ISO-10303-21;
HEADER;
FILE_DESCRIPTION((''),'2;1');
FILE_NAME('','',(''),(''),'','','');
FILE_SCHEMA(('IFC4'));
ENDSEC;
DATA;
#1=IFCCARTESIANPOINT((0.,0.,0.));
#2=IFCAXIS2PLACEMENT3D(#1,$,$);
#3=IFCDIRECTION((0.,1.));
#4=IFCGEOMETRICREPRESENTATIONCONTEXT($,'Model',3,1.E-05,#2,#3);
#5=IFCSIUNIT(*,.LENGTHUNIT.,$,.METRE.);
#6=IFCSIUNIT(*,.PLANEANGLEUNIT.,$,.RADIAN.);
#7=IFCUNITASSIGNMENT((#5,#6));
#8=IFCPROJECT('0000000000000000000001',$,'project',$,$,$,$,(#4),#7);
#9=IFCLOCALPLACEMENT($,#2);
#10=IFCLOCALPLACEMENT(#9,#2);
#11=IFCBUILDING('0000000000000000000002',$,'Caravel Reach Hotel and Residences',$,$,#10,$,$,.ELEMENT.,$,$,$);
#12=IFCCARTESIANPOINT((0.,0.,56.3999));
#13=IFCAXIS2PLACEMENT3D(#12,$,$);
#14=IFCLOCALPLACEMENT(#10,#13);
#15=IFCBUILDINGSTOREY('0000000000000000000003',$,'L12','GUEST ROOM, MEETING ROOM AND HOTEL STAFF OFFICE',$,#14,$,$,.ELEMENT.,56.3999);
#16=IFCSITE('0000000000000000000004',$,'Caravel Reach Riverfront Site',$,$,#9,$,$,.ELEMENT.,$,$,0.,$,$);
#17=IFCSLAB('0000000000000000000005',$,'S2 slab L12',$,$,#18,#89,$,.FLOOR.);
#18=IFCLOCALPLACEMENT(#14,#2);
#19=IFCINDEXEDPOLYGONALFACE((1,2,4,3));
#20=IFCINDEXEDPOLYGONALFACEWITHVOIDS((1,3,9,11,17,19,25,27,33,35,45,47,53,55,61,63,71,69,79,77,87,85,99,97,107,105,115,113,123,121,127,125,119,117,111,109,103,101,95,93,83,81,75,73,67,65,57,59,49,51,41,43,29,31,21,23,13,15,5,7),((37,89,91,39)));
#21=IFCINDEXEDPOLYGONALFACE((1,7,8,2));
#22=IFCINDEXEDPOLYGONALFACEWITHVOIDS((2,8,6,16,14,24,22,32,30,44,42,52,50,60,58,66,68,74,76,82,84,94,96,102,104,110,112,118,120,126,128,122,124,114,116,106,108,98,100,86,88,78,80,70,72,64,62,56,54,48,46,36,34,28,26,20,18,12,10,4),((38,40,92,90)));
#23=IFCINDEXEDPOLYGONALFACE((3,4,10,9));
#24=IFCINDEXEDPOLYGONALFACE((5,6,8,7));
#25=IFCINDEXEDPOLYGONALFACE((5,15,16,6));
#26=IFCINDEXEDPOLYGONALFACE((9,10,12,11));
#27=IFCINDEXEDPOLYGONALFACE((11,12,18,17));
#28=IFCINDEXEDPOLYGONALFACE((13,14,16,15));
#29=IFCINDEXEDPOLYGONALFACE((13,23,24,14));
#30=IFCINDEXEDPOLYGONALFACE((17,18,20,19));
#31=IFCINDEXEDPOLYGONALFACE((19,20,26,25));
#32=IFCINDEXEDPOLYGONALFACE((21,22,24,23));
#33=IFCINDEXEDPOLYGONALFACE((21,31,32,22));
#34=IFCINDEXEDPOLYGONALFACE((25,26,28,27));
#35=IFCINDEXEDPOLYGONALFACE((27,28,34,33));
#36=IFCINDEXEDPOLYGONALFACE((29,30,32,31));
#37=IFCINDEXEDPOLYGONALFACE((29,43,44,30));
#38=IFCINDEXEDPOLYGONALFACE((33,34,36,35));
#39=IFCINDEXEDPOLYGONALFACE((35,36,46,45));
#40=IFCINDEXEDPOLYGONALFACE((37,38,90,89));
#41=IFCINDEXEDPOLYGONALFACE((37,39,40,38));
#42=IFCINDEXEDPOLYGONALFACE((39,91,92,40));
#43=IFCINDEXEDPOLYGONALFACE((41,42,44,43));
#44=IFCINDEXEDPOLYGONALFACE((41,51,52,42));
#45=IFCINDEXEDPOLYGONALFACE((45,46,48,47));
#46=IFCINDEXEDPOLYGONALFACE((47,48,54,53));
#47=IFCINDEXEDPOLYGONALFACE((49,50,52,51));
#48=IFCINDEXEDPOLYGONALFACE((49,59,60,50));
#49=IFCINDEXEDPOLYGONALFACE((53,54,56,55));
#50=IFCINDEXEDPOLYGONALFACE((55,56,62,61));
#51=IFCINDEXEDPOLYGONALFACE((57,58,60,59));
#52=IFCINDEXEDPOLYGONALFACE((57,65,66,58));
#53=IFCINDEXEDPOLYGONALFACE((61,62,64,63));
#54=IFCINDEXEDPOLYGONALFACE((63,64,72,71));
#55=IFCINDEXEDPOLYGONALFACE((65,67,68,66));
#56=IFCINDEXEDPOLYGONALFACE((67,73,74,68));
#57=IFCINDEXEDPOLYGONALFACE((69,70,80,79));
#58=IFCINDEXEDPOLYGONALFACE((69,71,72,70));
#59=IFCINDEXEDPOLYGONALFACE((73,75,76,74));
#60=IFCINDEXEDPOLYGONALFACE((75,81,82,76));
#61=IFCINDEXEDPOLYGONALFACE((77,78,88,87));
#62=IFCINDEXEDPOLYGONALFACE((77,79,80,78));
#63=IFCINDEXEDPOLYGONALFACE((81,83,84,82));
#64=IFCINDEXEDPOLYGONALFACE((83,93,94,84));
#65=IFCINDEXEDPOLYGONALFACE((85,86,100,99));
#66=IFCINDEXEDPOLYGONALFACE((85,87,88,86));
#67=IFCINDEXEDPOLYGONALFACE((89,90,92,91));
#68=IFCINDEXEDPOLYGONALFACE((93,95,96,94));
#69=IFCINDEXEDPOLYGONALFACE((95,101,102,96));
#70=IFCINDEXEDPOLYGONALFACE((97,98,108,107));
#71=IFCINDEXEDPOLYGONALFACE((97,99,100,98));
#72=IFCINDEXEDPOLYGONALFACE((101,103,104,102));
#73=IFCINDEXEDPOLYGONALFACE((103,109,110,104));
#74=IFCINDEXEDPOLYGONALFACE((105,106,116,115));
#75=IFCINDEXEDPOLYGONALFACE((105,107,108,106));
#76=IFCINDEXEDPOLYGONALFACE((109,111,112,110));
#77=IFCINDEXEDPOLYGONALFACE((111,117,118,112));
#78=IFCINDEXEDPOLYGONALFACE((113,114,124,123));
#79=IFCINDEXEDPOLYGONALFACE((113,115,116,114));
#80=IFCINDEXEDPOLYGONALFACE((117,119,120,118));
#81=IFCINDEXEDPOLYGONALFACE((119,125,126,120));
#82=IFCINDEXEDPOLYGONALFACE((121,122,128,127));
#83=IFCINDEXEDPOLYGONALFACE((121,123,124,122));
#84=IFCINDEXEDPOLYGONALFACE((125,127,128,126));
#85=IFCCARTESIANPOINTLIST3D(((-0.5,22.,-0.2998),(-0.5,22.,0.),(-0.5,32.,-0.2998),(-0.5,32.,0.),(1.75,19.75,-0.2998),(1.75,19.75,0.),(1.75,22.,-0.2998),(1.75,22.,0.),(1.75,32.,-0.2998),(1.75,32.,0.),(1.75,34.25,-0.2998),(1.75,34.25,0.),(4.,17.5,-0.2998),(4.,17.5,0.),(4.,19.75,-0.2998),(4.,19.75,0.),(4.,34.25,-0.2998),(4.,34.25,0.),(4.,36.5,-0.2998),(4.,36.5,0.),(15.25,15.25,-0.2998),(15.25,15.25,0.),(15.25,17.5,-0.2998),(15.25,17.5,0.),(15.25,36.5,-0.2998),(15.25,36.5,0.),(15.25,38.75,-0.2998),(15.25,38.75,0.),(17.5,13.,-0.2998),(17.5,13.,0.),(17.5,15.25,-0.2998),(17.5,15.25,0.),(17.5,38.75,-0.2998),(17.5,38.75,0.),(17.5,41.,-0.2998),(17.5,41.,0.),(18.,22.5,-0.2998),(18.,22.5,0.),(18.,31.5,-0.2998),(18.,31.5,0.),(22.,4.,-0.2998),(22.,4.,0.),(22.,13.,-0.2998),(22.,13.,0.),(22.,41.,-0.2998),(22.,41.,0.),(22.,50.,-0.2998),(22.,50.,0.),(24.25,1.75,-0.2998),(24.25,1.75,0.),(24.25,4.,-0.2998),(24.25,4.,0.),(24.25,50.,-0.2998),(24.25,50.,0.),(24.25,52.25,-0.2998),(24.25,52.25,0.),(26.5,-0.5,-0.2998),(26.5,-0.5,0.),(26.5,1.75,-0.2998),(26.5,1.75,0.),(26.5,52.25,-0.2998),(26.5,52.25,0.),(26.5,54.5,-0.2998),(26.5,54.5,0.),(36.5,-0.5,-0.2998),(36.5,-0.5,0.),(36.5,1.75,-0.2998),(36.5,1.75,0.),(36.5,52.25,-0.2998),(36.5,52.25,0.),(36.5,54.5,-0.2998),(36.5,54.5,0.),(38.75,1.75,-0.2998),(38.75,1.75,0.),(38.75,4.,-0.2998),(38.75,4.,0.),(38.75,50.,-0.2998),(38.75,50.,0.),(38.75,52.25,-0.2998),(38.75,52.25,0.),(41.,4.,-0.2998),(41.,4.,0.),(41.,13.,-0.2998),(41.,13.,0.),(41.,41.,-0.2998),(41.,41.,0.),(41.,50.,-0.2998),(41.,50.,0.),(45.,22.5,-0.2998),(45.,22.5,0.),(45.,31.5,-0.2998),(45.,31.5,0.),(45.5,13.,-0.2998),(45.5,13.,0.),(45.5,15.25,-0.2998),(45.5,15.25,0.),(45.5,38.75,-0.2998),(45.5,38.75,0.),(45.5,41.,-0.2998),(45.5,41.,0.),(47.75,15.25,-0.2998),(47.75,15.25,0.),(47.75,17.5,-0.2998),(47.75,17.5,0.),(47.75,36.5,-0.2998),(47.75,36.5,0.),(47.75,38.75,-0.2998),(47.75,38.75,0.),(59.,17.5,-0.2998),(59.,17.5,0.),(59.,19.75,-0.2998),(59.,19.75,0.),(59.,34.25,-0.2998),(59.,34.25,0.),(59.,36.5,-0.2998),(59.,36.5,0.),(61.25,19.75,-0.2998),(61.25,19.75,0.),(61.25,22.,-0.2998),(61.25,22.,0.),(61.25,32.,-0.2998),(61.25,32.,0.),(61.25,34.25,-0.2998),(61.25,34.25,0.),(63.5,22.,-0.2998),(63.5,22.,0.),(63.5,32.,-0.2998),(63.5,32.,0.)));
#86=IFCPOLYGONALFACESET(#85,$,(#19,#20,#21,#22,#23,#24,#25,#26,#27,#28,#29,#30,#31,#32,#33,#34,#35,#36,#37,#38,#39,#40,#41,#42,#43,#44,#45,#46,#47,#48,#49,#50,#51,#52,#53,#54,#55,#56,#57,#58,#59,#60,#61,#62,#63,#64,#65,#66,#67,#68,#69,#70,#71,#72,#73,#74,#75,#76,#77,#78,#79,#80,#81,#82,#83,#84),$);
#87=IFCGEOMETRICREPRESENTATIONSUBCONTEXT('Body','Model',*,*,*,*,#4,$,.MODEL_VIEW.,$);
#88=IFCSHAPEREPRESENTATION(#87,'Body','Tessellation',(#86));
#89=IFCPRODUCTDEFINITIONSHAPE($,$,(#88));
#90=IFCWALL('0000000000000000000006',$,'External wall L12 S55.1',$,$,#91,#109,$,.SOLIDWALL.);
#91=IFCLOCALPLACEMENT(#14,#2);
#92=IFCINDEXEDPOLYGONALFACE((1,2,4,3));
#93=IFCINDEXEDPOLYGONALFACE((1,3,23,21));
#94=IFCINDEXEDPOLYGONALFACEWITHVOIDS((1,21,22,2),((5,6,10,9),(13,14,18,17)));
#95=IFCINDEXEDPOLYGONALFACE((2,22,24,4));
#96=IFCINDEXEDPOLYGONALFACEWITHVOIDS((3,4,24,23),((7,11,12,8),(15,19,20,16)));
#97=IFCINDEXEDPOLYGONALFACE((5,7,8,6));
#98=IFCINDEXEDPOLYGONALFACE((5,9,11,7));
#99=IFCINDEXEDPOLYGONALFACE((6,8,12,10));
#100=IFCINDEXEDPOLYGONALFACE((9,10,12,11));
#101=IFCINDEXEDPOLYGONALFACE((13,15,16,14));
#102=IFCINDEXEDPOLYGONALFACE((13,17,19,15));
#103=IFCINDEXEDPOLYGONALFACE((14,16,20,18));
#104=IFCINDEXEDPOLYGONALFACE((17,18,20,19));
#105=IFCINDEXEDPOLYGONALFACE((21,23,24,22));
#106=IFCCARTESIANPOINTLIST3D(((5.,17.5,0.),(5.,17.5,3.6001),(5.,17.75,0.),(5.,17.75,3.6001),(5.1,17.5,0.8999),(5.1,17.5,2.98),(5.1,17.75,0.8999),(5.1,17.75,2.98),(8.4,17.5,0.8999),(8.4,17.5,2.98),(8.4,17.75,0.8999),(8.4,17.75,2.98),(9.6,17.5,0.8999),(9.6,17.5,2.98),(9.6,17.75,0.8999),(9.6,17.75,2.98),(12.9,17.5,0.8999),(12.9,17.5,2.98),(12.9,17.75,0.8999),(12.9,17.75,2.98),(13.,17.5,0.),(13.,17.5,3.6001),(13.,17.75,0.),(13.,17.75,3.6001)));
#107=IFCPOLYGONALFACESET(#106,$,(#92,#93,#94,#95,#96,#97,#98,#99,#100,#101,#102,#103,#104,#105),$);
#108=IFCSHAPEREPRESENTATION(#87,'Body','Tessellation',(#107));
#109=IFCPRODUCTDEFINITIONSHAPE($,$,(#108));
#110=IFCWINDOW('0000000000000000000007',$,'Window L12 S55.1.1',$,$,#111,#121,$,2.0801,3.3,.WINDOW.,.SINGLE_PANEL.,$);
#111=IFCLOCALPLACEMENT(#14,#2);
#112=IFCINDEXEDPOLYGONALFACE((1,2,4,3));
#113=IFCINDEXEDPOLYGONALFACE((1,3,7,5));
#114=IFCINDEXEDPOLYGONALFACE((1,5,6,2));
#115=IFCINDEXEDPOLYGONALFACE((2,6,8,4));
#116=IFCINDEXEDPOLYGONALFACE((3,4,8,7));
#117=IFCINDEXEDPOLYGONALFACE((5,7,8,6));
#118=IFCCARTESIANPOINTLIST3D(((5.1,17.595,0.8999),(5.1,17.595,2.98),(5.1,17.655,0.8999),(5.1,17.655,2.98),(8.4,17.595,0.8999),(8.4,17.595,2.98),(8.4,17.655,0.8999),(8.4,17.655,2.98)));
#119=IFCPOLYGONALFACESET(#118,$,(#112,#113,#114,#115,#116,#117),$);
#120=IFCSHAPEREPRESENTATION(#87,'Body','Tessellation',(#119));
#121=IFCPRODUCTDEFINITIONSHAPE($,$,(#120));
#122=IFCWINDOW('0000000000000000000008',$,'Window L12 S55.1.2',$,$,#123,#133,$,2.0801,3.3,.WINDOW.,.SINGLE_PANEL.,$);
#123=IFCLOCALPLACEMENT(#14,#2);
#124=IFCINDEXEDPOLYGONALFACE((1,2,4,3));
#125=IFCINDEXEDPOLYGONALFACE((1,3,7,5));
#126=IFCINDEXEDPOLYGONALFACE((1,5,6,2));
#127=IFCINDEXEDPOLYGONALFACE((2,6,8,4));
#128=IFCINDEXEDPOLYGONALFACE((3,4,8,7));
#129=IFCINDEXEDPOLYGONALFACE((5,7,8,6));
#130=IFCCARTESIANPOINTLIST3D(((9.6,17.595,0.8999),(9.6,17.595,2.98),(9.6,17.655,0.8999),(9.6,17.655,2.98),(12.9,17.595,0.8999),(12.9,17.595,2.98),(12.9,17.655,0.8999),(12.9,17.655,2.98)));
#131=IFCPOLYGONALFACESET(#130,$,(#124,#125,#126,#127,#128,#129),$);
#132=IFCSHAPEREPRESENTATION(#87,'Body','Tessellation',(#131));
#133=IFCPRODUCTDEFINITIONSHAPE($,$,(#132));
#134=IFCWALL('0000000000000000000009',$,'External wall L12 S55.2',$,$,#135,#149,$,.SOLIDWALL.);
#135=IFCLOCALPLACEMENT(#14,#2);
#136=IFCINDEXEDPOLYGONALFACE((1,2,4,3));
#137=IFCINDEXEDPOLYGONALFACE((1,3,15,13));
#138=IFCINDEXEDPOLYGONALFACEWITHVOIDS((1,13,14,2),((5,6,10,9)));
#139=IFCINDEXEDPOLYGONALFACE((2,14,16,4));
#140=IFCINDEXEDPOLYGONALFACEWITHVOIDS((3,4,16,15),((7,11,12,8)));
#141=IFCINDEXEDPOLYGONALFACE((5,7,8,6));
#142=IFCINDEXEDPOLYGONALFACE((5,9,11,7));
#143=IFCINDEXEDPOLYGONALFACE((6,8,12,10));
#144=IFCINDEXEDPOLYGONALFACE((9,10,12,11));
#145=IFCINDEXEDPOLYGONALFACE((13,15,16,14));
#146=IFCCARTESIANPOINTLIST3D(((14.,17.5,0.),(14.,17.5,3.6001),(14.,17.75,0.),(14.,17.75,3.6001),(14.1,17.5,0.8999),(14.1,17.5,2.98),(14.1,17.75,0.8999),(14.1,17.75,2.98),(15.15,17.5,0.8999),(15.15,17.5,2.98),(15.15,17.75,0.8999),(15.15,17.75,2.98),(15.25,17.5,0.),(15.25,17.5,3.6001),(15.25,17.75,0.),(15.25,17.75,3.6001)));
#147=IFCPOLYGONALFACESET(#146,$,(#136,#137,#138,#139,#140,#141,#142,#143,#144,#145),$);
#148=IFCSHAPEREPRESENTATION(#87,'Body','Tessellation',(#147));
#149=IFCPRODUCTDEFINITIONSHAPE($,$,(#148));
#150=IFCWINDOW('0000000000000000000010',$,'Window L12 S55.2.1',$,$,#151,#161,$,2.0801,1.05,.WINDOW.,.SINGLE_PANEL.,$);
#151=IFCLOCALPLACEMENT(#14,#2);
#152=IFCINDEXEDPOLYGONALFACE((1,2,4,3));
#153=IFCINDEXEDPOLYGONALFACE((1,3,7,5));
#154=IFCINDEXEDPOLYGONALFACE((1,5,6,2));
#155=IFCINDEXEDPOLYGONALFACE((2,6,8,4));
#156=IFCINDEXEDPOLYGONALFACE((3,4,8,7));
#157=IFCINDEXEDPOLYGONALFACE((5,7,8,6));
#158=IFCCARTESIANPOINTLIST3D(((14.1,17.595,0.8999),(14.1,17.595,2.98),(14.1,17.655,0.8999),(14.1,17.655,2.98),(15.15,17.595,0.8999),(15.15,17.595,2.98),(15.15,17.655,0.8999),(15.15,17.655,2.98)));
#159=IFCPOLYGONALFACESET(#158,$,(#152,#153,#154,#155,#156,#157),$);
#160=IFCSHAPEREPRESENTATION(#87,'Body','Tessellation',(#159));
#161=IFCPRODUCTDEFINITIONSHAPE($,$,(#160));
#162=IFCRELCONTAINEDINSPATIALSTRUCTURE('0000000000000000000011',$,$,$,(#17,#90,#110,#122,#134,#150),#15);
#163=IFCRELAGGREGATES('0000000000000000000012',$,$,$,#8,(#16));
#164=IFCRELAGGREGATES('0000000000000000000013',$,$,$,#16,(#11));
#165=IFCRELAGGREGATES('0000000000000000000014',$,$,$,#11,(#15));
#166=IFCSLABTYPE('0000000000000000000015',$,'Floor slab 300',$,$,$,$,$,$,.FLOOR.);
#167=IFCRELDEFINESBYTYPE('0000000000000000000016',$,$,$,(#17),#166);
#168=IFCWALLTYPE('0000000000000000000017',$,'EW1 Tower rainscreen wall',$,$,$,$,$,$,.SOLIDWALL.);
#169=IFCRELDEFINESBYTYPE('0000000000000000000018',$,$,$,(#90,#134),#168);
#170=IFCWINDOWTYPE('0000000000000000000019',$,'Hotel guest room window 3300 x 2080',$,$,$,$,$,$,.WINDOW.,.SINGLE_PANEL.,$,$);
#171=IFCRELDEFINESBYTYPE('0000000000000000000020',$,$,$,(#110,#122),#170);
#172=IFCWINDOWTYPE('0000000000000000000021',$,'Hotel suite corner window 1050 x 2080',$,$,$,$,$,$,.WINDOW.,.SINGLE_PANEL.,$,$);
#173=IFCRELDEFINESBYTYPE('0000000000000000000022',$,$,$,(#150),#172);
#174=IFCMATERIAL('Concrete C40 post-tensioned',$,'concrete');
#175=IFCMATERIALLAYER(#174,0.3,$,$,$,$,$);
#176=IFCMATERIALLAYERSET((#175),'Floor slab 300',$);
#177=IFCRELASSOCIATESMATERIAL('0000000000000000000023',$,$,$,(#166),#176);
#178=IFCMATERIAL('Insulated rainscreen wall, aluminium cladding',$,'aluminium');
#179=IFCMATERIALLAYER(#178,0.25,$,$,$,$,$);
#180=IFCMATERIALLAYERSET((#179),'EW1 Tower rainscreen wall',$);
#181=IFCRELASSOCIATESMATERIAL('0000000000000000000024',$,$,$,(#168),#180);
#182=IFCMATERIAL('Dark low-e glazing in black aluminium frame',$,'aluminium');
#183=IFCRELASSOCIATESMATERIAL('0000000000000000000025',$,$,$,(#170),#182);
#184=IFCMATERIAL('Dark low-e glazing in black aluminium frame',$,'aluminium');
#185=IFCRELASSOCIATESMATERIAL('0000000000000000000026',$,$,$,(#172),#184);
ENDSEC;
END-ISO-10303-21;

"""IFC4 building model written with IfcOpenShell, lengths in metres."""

from ifc_helpers import new_model, si_unit, direction, frame, frame_2d, origin, place, context, subcontext, project, spatial, polyline, rectangle, outline, extrude, material, layer, layer_set, type_object, element, fill, save


model = new_model("IFC4")

# Units and contexts
model_context = context("Model", 3, precision=1e-05, world=origin(), true_north=direction((0.0, 1.0)))
body_context = subcontext(model_context, "Body", "Model", "MODEL_VIEW")
ifc_project = project(units=[si_unit("LENGTHUNIT", "METRE"), si_unit("PLANEANGLEUNIT", "RADIAN")], contexts=[model_context])

# Site, building, storey
site_placement = place(None, origin())
site = spatial("IfcSite", under=ifc_project, at=site_placement, Name="Caravel Reach Riverfront Site", CompositionType="ELEMENT", RefElevation=0.0)
building_placement = place(site_placement, origin())
building = spatial("IfcBuilding", under=site, at=building_placement, Name="Caravel Reach Hotel and Residences", CompositionType="ELEMENT")
storey_placement = place(building_placement, frame((0.0, 0.0, 56.3999)))
storey = spatial("IfcBuildingStorey", under=building, at=storey_placement, Name="L12", Description="GUEST ROOM, MEETING ROOM AND HOTEL STAFF OFFICE", CompositionType="ELEMENT", Elevation=56.3999)

# Slab
ifc_material_1 = material(Name="Concrete C40 post-tensioned", Category="concrete")
ifc_layer_1 = layer(ifc_material_1, 0.3)
ifc_layer_set_1 = layer_set([ifc_layer_1], Name="Floor slab 300")
slab_type_1 = type_object("IfcSlabType", Name="Floor slab 300", PredefinedType="FLOOR", material=ifc_layer_set_1)
slab_1_placement = place(storey_placement, frame((0.0, 0.0, -0.2998)))
element("IfcSlab", 1, at=slab_1_placement, inside=storey, type_object=slab_type_1, Name="S2 slab L12", PredefinedType="FLOOR", context=body_context, shape_type="SweptSolid", body=[
    extrude(outline(polyline([(17.5, 13.0), (17.5, 15.25), (15.25, 15.25), (15.25, 17.5), (4.0, 17.5), (4.0, 19.75), (1.75, 19.75), (1.75, 22.0), (-0.5, 22.0), (-0.5, 32.0), (1.75, 32.0), (1.75, 34.25), (4.0, 34.25), (4.0, 36.5), (15.25, 36.5), (15.25, 38.75), (17.5, 38.75), (17.5, 41.0), (22.0, 41.0), (22.0, 50.0), (24.25, 50.0), (24.25, 52.25), (26.5, 52.25), (26.5, 54.5), (36.5, 54.5), (36.5, 52.25), (38.75, 52.25), (38.75, 50.0), (41.0, 50.0), (41.0, 41.0), (45.5, 41.0), (45.5, 38.75), (47.75, 38.75), (47.75, 36.5), (59.0, 36.5), (59.0, 34.25), (61.25, 34.25), (61.25, 32.0), (63.5, 32.0), (63.5, 22.0), (61.25, 22.0), (61.25, 19.75), (59.0, 19.75), (59.0, 17.5), (47.75, 17.5), (47.75, 15.25), (45.5, 15.25), (45.5, 13.0), (41.0, 13.0), (41.0, 4.0), (38.75, 4.0), (38.75, 1.75), (36.5, 1.75), (36.5, -0.5), (26.5, -0.5), (26.5, 1.75), (24.25, 1.75), (24.25, 4.0), (22.0, 4.0), (22.0, 13.0), (17.5, 13.0)]), holes=[polyline([(45.0, 31.5), (18.0, 31.5), (18.0, 22.5), (45.0, 22.5), (45.0, 31.5)])]), origin(), (0.0, 0.0, 1.0), 0.2998),
])

# Wall, openings, windows
ifc_material_2 = material(Name="Insulated rainscreen wall, aluminium cladding", Category="aluminium")
ifc_layer_2 = layer(ifc_material_2, 0.25)
ifc_layer_set_2 = layer_set([ifc_layer_2], Name="EW1 Tower rainscreen wall")
wall_type_1 = type_object("IfcWallType", Name="EW1 Tower rainscreen wall", PredefinedType="SOLIDWALL", material=ifc_layer_set_2)
wall_1_placement = place(storey_placement, frame((5.0, 17.625, 0.0), z_axis=(0.0, 0.0, 1.0), x_axis=(1.0, 0.0, 0.0)))
wall_1 = element("IfcWall", 2, at=wall_1_placement, inside=storey, type_object=wall_type_1, Name="External wall L12 S55.1", PredefinedType="SOLIDWALL", context=body_context, shape_type="SweptSolid", body=[
    extrude(rectangle(XDim=8.0, YDim=0.25, at=frame_2d((4.0, 0.0))), origin(), (0.0, 0.0, 1.0), 3.6001),
])
opening_1_placement = place(wall_1_placement, frame((0.1001, 0.0, 0.8999)))
opening_1 = element("IfcOpeningElement", 3, at=opening_1_placement, cuts=wall_1, PredefinedType="OPENING", context=body_context, shape_type="SweptSolid", body=[
    extrude(rectangle(XDim=3.3, YDim=2.0801, at=frame_2d((1.6499, 1.04))), frame((0.0, 0.135, 0.0), z_axis=(0.0, -1.0, 0.0), x_axis=(1.0, 0.0, 0.0)), (0.0, 0.0, 1.0), 0.27),
])
opening_2_placement = place(wall_1_placement, frame((4.6001, 0.0, 0.8999)))
opening_2 = element("IfcOpeningElement", 4, at=opening_2_placement, cuts=wall_1, PredefinedType="OPENING", context=body_context, shape_type="SweptSolid", body=[
    extrude(rectangle(XDim=3.3, YDim=2.0801, at=frame_2d((1.6499, 1.04))), frame((0.0, 0.135, 0.0), z_axis=(0.0, -1.0, 0.0), x_axis=(1.0, 0.0, 0.0)), (0.0, 0.0, 1.0), 0.27),
])
ifc_material_3 = material(Name="Dark low-e glazing in black aluminium frame", Category="aluminium")
window_type_1 = type_object("IfcWindowType", Name="Hotel guest room window 3300 x 2080", PartitioningType="SINGLE_PANEL", PredefinedType="WINDOW", material=ifc_material_3)
window_1_placement = place(opening_1_placement, origin())
window_1 = element("IfcWindow", 5, at=window_1_placement, inside=storey, type_object=window_type_1, Name="Window L12 S55.1.1", OverallHeight=2.0801, OverallWidth=3.3, PartitioningType="SINGLE_PANEL", PredefinedType="WINDOW", context=body_context, shape_type="SweptSolid", body=[
    extrude(rectangle(XDim=3.3, YDim=2.0801, at=frame_2d((1.6499, 1.04))), frame((0.0, 0.03, 0.0), z_axis=(0.0, -1.0, 0.0), x_axis=(1.0, 0.0, 0.0)), (0.0, 0.0, 1.0), 0.0601),
])
fill(opening_1, window_1)
window_2_placement = place(opening_2_placement, origin())
window_2 = element("IfcWindow", 6, at=window_2_placement, inside=storey, type_object=window_type_1, Name="Window L12 S55.1.2", OverallHeight=2.0801, OverallWidth=3.3, PartitioningType="SINGLE_PANEL", PredefinedType="WINDOW", context=body_context, shape_type="SweptSolid", body=[
    extrude(rectangle(XDim=3.3, YDim=2.0801, at=frame_2d((1.6499, 1.04))), frame((0.0, 0.03, 0.0), z_axis=(0.0, -1.0, 0.0), x_axis=(1.0, 0.0, 0.0)), (0.0, 0.0, 1.0), 0.0601),
])
fill(opening_2, window_2)

# Wall, opening, window
wall_2_placement = place(storey_placement, frame((14.0, 17.625, 0.0), z_axis=(0.0, 0.0, 1.0), x_axis=(1.0, 0.0, 0.0)))
wall_2 = element("IfcWall", 7, at=wall_2_placement, inside=storey, type_object=wall_type_1, Name="External wall L12 S55.2", PredefinedType="SOLIDWALL", context=body_context, shape_type="SweptSolid", body=[
    extrude(rectangle(XDim=1.25, YDim=0.25, at=frame_2d((0.625, 0.0))), origin(), (0.0, 0.0, 1.0), 3.6001),
])
opening_3_placement = place(wall_2_placement, frame((0.1001, 0.0, 0.8999)))
opening_3 = element("IfcOpeningElement", 8, at=opening_3_placement, cuts=wall_2, PredefinedType="OPENING", context=body_context, shape_type="SweptSolid", body=[
    extrude(rectangle(XDim=1.05, YDim=2.0801, at=frame_2d((0.5249, 1.04))), frame((0.0, 0.135, 0.0), z_axis=(0.0, -1.0, 0.0), x_axis=(1.0, 0.0, 0.0)), (0.0, 0.0, 1.0), 0.27),
])
ifc_material_4 = material(Name="Dark low-e glazing in black aluminium frame", Category="aluminium")
window_type_2 = type_object("IfcWindowType", Name="Hotel suite corner window 1050 x 2080", PartitioningType="SINGLE_PANEL", PredefinedType="WINDOW", material=ifc_material_4)
window_3_placement = place(opening_3_placement, origin())
window_3 = element("IfcWindow", 9, at=window_3_placement, inside=storey, type_object=window_type_2, Name="Window L12 S55.2.1", OverallHeight=2.0801, OverallWidth=1.05, PartitioningType="SINGLE_PANEL", PredefinedType="WINDOW", context=body_context, shape_type="SweptSolid", body=[
    extrude(rectangle(XDim=1.05, YDim=2.0801, at=frame_2d((0.5249, 1.04))), frame((0.0, 0.03, 0.0), z_axis=(0.0, -1.0, 0.0), x_axis=(1.0, 0.0, 0.0)), (0.0, 0.0, 1.0), 0.0601),
])
fill(opening_3, window_3)

save(model, "model.ifc")
